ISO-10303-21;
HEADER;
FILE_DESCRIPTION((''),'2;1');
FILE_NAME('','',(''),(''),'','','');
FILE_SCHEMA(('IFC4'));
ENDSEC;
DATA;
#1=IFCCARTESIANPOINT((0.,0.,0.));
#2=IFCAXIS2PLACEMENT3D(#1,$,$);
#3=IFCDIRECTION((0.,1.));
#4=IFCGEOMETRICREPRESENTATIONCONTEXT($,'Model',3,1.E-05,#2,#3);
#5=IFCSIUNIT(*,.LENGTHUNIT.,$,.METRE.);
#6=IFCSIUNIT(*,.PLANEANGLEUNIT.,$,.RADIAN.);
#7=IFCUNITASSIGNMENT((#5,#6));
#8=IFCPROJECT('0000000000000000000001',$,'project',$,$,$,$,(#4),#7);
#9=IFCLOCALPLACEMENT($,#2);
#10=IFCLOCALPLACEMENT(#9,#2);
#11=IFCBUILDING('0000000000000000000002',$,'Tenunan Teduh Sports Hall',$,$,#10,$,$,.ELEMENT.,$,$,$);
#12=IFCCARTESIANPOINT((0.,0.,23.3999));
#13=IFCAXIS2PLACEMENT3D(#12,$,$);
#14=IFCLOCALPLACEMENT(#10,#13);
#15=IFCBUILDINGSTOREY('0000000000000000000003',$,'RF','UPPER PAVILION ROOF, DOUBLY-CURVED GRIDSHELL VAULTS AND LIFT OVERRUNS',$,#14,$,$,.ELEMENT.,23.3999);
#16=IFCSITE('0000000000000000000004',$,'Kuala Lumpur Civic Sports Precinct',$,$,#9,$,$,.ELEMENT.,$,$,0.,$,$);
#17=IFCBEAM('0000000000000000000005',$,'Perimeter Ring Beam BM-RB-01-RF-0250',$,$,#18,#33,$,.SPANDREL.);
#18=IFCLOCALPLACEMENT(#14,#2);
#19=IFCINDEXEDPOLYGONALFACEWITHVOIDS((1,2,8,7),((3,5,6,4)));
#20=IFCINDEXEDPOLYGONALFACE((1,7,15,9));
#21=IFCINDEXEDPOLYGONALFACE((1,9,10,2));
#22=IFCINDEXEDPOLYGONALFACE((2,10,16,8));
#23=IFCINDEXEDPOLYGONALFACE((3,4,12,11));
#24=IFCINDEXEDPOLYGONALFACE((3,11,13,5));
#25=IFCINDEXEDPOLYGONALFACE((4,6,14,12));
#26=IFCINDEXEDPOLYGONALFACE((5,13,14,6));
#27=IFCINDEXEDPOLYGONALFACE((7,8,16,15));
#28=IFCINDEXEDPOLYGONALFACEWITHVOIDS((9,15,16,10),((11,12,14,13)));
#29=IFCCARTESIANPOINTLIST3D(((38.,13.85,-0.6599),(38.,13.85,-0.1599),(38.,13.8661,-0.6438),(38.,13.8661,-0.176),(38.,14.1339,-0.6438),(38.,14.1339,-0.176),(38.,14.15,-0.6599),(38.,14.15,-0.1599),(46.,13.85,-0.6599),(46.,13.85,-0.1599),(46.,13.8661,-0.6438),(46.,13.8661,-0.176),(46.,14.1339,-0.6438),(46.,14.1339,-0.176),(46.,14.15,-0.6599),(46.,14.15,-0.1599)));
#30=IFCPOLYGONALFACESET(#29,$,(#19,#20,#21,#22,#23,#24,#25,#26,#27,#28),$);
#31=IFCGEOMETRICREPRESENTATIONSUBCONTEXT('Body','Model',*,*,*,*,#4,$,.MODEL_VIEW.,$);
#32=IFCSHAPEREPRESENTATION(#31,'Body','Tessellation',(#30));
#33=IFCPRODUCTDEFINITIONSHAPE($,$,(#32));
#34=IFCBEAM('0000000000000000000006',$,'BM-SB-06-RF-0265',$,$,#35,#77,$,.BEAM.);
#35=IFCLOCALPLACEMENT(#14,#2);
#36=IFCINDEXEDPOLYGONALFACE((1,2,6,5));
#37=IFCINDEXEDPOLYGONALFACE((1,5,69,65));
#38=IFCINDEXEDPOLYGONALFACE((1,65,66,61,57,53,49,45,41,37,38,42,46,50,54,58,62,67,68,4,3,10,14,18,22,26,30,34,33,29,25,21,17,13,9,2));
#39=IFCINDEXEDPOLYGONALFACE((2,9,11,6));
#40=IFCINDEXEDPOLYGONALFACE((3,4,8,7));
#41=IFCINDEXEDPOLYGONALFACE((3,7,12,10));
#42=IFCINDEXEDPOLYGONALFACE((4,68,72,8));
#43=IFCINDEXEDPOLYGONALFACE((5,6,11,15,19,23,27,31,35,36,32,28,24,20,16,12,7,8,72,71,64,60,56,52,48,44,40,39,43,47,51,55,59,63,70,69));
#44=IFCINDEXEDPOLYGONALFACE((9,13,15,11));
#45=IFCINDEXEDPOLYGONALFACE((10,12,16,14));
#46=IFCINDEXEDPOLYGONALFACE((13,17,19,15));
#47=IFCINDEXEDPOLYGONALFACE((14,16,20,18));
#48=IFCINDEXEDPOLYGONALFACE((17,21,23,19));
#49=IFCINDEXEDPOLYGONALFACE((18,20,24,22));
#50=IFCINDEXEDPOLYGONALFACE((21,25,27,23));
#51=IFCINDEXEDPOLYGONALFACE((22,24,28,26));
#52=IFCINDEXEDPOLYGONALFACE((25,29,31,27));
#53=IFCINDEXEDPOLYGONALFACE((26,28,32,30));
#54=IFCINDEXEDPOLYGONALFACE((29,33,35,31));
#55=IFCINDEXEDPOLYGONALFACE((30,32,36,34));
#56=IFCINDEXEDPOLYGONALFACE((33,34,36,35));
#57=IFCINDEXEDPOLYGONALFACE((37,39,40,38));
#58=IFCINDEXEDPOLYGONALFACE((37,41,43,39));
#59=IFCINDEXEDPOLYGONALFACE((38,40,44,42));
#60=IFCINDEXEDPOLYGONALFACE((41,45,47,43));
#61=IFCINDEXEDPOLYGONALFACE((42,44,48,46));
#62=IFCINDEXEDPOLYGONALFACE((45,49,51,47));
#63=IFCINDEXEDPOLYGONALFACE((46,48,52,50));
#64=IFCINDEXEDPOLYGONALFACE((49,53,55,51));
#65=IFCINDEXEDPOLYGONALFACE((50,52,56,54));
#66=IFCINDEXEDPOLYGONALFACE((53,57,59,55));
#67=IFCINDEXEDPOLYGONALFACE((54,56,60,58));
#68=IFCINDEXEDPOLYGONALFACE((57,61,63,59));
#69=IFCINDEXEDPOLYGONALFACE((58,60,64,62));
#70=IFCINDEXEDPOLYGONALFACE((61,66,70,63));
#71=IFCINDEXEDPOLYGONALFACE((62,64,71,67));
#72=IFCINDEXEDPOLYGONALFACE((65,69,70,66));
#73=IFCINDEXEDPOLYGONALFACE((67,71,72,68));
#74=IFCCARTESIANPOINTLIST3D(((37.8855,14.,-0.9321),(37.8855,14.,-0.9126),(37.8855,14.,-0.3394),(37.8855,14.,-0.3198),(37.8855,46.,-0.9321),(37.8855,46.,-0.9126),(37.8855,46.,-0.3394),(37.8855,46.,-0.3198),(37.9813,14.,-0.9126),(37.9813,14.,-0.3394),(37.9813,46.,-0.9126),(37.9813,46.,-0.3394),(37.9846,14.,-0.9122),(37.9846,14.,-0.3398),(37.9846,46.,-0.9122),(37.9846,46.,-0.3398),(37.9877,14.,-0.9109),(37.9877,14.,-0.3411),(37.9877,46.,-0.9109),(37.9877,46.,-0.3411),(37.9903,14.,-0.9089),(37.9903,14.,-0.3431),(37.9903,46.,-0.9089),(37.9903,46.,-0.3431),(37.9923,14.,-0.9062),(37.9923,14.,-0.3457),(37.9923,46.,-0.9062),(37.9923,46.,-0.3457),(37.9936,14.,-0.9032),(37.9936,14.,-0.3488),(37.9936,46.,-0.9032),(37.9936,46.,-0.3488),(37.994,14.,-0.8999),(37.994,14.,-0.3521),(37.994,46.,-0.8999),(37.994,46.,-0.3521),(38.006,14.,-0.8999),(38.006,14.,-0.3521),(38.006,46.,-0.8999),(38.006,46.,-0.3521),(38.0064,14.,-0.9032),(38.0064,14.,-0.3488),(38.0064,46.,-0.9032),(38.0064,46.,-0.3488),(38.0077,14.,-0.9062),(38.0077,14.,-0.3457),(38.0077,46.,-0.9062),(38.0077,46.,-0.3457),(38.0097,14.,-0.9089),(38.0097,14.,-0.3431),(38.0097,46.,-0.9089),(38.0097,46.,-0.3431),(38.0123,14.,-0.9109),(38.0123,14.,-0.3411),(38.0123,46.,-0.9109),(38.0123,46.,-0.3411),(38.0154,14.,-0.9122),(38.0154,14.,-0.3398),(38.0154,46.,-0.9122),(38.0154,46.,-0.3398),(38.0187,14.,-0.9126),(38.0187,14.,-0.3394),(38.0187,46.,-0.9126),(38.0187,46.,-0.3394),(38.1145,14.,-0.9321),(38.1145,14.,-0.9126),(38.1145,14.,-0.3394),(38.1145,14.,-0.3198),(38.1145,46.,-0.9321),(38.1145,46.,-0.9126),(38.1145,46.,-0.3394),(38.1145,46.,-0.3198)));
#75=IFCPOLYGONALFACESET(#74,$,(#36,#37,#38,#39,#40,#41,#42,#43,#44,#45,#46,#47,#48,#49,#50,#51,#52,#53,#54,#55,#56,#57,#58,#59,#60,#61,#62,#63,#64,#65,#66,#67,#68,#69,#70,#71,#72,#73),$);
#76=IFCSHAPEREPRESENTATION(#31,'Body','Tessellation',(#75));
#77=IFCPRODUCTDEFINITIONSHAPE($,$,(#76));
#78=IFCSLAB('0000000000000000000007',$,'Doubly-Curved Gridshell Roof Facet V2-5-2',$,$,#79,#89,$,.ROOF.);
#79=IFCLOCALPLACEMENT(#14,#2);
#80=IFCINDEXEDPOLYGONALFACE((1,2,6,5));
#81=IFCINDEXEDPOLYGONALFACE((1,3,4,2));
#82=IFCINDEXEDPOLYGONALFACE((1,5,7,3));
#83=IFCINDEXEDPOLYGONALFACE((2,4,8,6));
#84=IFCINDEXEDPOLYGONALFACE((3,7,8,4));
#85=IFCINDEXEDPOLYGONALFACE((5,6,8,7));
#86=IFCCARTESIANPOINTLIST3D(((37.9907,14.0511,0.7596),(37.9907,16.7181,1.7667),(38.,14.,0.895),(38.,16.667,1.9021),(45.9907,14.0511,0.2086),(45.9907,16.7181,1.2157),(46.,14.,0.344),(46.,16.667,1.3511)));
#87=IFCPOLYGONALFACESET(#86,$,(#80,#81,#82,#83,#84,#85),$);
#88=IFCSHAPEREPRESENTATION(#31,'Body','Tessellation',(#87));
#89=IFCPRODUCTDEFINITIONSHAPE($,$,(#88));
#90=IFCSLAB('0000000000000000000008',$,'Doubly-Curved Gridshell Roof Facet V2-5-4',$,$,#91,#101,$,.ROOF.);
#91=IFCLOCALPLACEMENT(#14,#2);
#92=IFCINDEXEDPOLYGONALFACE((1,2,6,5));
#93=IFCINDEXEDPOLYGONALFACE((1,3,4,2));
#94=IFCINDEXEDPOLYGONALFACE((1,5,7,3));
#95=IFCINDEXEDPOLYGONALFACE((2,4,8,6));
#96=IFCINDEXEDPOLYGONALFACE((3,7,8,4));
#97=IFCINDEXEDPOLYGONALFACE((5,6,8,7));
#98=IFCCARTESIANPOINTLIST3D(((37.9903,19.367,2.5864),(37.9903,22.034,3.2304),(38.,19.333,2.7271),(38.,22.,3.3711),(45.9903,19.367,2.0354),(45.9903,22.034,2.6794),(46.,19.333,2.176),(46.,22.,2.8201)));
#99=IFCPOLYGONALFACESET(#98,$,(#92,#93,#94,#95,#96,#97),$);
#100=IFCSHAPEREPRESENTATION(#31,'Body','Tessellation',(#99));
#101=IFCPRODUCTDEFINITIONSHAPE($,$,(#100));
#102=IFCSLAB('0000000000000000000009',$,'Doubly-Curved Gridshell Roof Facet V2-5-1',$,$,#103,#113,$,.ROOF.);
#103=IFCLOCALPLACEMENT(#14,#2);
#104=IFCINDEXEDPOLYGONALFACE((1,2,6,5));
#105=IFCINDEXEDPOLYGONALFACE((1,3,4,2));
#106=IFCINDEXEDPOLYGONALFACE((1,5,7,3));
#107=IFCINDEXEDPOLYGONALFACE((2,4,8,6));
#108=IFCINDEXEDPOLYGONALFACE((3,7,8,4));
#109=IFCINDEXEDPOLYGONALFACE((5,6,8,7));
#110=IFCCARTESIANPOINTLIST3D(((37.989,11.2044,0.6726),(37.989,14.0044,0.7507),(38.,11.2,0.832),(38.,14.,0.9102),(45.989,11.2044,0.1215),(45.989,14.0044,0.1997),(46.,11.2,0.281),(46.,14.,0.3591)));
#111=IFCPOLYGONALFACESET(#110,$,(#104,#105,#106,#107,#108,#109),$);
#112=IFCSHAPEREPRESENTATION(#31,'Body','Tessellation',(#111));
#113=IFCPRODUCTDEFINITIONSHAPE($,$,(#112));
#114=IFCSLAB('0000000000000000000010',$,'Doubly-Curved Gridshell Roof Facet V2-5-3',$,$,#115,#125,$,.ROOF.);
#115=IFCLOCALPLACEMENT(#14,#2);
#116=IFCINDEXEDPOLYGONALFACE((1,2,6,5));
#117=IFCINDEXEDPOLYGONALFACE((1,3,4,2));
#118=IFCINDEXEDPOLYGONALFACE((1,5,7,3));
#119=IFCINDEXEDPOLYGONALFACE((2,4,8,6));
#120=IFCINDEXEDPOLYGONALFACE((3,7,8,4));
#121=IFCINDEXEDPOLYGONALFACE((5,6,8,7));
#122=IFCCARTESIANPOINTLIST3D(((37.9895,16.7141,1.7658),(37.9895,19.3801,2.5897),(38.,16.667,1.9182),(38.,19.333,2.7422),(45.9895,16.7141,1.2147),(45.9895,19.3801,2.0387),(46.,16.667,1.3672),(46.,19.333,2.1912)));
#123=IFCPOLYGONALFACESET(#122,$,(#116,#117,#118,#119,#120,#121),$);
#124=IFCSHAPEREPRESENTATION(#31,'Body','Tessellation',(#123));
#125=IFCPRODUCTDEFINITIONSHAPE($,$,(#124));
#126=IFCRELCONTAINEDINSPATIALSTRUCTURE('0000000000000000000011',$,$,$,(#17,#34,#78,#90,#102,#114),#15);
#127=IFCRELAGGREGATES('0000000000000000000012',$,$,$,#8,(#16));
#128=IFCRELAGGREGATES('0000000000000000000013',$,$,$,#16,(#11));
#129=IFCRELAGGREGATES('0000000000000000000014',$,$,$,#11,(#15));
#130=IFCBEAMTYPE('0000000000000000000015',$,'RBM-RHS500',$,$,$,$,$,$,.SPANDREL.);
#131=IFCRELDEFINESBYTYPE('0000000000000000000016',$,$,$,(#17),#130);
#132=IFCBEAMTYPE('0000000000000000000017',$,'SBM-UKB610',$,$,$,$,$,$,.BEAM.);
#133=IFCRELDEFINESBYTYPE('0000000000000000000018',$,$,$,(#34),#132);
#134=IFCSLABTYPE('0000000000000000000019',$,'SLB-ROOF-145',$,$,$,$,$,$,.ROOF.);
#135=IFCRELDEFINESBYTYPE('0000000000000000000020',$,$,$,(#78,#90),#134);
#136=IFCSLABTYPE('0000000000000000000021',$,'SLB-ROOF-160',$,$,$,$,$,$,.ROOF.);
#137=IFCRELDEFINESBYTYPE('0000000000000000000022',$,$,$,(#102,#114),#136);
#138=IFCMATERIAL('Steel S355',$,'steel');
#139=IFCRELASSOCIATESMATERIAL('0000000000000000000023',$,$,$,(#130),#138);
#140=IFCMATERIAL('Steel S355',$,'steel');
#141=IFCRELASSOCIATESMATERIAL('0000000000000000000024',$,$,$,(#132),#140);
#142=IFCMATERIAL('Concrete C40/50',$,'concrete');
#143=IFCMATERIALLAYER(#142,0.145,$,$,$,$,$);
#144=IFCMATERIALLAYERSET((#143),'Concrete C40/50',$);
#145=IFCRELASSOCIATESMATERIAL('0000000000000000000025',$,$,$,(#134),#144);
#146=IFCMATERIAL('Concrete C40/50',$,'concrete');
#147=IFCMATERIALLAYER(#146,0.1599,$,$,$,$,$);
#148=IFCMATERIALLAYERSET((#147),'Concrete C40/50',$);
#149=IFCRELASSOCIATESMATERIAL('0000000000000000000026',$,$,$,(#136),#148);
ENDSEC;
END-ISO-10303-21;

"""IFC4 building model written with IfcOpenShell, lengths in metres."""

from ifc_helpers import new_model, si_unit, direction, frame, origin, origin_2d, place, context, subcontext, project, spatial, polyline, hollow_rectangle, i_section, outline, extrude, material, layer, layer_set, material_profile, profile_set, type_object, element, save


model = new_model("IFC4")

# Units and contexts
model_context = context("Model", 3, precision=1e-05, world=origin(), true_north=direction((0.0, 1.0)))
body_context = subcontext(model_context, "Body", "Model", "MODEL_VIEW")
ifc_project = project(units=[si_unit("LENGTHUNIT", "METRE"), si_unit("PLANEANGLEUNIT", "RADIAN")], contexts=[model_context])

# Site, building, storey
site_placement = place(None, origin())
site = spatial("IfcSite", under=ifc_project, at=site_placement, Name="Kuala Lumpur Civic Sports Precinct", CompositionType="ELEMENT", RefElevation=0.0)
building_placement = place(site_placement, origin())
building = spatial("IfcBuilding", under=site, at=building_placement, Name="Tenunan Teduh Sports Hall", CompositionType="ELEMENT")
storey_placement = place(building_placement, frame((0.0, 0.0, 23.3999)))
storey = spatial("IfcBuildingStorey", under=building, at=storey_placement, Name="RF", Description="UPPER PAVILION ROOF, DOUBLY-CURVED GRIDSHELL VAULTS AND LIFT OVERRUNS", CompositionType="ELEMENT", Elevation=23.3999)

# Beams
ifc_material_1 = material(Name="Steel S355", Category="steel")
ifc_material_profile_1 = material_profile(ifc_material_1, hollow_rectangle(XDim=0.3, YDim=0.5, WallThickness=0.0161, at=origin_2d()), Name="RHS 500x300x16.0")
ifc_profile_set_1 = profile_set([ifc_material_profile_1], Name="Steel S355")
beam_type_1 = type_object("IfcBeamType", Name="RBM-RHS500", PredefinedType="SPANDREL", material=ifc_profile_set_1)
beam_1_placement = place(storey_placement, frame((38.0, 14.0, -0.4099), z_axis=(1.0, 0.0, 0.0), x_axis=(0.0, 1.0, 0.0)))
element("IfcBeam", 1, at=beam_1_placement, inside=storey, type_object=beam_type_1, Name="Perimeter Ring Beam BM-RB-01-RF-0250", PredefinedType="SPANDREL", context=body_context, shape_type="SweptSolid", body=[
    extrude(hollow_rectangle(XDim=0.3, YDim=0.5, WallThickness=0.0161, at=origin_2d()), origin(), (0.0, 0.0, 1.0), 8.0),
])
ifc_material_2 = material(Name="Steel S355", Category="steel")
ifc_material_profile_2 = material_profile(ifc_material_2, i_section(OverallWidth=0.229, OverallDepth=0.6123, WebThickness=0.012, FlangeThickness=0.0195, FilletRadius=0.0127, at=origin_2d()), Name="UKB 610x229x125")
ifc_profile_set_2 = profile_set([ifc_material_profile_2], Name="Steel S355")
beam_type_2 = type_object("IfcBeamType", Name="SBM-UKB610", PredefinedType="BEAM", material=ifc_profile_set_2)
beam_2_placement = place(storey_placement, frame((38.0, 14.0, -0.626), z_axis=(0.0, 1.0, 0.0), x_axis=(-1.0, 0.0, 0.0)))
element("IfcBeam", 2, at=beam_2_placement, inside=storey, type_object=beam_type_2, Name="BM-SB-06-RF-0265", PredefinedType="BEAM", context=body_context, shape_type="SweptSolid", body=[
    extrude(i_section(OverallWidth=0.229, OverallDepth=0.6123, WebThickness=0.012, FlangeThickness=0.0195, FilletRadius=0.0127, at=origin_2d()), origin(), (0.0, 0.0, 1.0), 32.0),
])

# Slabs
ifc_material_3 = material(Name="Concrete C40/50", Category="concrete")
ifc_layer_1 = layer(ifc_material_3, 0.145)
ifc_layer_set_1 = layer_set([ifc_layer_1], Name="Concrete C40/50")
slab_type_1 = type_object("IfcSlabType", Name="SLB-ROOF-145", PredefinedType="ROOF", material=ifc_layer_set_1)
slab_1_placement = place(storey_placement, frame((38.0, 14.0, 0.895), z_axis=(0.064304, -0.352531, 0.933588), x_axis=(0.997636, 0.0, -0.068715)))
element("IfcSlab", 3, at=slab_1_placement, inside=storey, type_object=slab_type_1, Name="Doubly-Curved Gridshell Roof Facet V2-5-2", PredefinedType="ROOF", context=body_context, shape_type="SweptSolid", body=[
    extrude(outline(polyline([(0.0, 0.0), (8.019, 0.0), (7.9498, 2.85), (-0.0692, 2.85), (0.0, 0.0)])), origin(), (0.0, 0.0, -1.0), 0.145),
])
slab_2_placement = place(storey_placement, frame((38.0, 19.333, 2.7271), z_axis=(0.066804, -0.234215, 0.969887), x_axis=(0.997636, 0.0, -0.068715)))
element("IfcSlab", 4, at=slab_2_placement, inside=storey, type_object=slab_type_1, Name="Doubly-Curved Gridshell Roof Facet V2-5-4", PredefinedType="ROOF", context=body_context, shape_type="SweptSolid", body=[
    extrude(outline(polyline([(0.0, 0.0), (8.019, 0.0), (7.9747, 2.7433), (-0.0443, 2.7433), (0.0, 0.0)])), origin(), (0.0, 0.0, -1.0), 0.145),
])
ifc_material_4 = material(Name="Concrete C40/50", Category="concrete")
ifc_layer_2 = layer(ifc_material_4, 0.1599)
ifc_layer_set_2 = layer_set([ifc_layer_2], Name="Concrete C40/50")
slab_type_2 = type_object("IfcSlabType", Name="SLB-ROOF-160", PredefinedType="ROOF", material=ifc_layer_set_2)
slab_3_placement = place(storey_placement, frame((38.0, 11.2, 0.832), z_axis=(0.068689, -0.027825, 0.99725), x_axis=(0.997636, 0.0, -0.068715)))
element("IfcSlab", 5, at=slab_3_placement, inside=storey, type_object=slab_type_2, Name="Doubly-Curved Gridshell Roof Facet V2-5-1", PredefinedType="ROOF", context=body_context, shape_type="SweptSolid", body=[
    extrude(outline(polyline([(0.0, 0.0), (8.019, 0.0), (8.0136, 2.8011), (-0.0054, 2.8011), (0.0, 0.0)])), origin(), (0.0, 0.0, -1.0), 0.1599),
])
slab_4_placement = place(storey_placement, frame((38.0, 16.667, 1.9182), z_axis=(0.065665, -0.294647, 0.953347), x_axis=(0.997636, 0.0, -0.068715)))
element("IfcSlab", 6, at=slab_4_placement, inside=storey, type_object=slab_type_2, Name="Doubly-Curved Gridshell Roof Facet V2-5-3", PredefinedType="ROOF", context=body_context, shape_type="SweptSolid", body=[
    extrude(outline(polyline([(0.0, 0.0), (8.019, 0.0), (7.9623, 2.7899), (-0.0566, 2.7899), (0.0, 0.0)])), origin(), (0.0, 0.0, -1.0), 0.1599),
])

save(model, "model.ifc")
